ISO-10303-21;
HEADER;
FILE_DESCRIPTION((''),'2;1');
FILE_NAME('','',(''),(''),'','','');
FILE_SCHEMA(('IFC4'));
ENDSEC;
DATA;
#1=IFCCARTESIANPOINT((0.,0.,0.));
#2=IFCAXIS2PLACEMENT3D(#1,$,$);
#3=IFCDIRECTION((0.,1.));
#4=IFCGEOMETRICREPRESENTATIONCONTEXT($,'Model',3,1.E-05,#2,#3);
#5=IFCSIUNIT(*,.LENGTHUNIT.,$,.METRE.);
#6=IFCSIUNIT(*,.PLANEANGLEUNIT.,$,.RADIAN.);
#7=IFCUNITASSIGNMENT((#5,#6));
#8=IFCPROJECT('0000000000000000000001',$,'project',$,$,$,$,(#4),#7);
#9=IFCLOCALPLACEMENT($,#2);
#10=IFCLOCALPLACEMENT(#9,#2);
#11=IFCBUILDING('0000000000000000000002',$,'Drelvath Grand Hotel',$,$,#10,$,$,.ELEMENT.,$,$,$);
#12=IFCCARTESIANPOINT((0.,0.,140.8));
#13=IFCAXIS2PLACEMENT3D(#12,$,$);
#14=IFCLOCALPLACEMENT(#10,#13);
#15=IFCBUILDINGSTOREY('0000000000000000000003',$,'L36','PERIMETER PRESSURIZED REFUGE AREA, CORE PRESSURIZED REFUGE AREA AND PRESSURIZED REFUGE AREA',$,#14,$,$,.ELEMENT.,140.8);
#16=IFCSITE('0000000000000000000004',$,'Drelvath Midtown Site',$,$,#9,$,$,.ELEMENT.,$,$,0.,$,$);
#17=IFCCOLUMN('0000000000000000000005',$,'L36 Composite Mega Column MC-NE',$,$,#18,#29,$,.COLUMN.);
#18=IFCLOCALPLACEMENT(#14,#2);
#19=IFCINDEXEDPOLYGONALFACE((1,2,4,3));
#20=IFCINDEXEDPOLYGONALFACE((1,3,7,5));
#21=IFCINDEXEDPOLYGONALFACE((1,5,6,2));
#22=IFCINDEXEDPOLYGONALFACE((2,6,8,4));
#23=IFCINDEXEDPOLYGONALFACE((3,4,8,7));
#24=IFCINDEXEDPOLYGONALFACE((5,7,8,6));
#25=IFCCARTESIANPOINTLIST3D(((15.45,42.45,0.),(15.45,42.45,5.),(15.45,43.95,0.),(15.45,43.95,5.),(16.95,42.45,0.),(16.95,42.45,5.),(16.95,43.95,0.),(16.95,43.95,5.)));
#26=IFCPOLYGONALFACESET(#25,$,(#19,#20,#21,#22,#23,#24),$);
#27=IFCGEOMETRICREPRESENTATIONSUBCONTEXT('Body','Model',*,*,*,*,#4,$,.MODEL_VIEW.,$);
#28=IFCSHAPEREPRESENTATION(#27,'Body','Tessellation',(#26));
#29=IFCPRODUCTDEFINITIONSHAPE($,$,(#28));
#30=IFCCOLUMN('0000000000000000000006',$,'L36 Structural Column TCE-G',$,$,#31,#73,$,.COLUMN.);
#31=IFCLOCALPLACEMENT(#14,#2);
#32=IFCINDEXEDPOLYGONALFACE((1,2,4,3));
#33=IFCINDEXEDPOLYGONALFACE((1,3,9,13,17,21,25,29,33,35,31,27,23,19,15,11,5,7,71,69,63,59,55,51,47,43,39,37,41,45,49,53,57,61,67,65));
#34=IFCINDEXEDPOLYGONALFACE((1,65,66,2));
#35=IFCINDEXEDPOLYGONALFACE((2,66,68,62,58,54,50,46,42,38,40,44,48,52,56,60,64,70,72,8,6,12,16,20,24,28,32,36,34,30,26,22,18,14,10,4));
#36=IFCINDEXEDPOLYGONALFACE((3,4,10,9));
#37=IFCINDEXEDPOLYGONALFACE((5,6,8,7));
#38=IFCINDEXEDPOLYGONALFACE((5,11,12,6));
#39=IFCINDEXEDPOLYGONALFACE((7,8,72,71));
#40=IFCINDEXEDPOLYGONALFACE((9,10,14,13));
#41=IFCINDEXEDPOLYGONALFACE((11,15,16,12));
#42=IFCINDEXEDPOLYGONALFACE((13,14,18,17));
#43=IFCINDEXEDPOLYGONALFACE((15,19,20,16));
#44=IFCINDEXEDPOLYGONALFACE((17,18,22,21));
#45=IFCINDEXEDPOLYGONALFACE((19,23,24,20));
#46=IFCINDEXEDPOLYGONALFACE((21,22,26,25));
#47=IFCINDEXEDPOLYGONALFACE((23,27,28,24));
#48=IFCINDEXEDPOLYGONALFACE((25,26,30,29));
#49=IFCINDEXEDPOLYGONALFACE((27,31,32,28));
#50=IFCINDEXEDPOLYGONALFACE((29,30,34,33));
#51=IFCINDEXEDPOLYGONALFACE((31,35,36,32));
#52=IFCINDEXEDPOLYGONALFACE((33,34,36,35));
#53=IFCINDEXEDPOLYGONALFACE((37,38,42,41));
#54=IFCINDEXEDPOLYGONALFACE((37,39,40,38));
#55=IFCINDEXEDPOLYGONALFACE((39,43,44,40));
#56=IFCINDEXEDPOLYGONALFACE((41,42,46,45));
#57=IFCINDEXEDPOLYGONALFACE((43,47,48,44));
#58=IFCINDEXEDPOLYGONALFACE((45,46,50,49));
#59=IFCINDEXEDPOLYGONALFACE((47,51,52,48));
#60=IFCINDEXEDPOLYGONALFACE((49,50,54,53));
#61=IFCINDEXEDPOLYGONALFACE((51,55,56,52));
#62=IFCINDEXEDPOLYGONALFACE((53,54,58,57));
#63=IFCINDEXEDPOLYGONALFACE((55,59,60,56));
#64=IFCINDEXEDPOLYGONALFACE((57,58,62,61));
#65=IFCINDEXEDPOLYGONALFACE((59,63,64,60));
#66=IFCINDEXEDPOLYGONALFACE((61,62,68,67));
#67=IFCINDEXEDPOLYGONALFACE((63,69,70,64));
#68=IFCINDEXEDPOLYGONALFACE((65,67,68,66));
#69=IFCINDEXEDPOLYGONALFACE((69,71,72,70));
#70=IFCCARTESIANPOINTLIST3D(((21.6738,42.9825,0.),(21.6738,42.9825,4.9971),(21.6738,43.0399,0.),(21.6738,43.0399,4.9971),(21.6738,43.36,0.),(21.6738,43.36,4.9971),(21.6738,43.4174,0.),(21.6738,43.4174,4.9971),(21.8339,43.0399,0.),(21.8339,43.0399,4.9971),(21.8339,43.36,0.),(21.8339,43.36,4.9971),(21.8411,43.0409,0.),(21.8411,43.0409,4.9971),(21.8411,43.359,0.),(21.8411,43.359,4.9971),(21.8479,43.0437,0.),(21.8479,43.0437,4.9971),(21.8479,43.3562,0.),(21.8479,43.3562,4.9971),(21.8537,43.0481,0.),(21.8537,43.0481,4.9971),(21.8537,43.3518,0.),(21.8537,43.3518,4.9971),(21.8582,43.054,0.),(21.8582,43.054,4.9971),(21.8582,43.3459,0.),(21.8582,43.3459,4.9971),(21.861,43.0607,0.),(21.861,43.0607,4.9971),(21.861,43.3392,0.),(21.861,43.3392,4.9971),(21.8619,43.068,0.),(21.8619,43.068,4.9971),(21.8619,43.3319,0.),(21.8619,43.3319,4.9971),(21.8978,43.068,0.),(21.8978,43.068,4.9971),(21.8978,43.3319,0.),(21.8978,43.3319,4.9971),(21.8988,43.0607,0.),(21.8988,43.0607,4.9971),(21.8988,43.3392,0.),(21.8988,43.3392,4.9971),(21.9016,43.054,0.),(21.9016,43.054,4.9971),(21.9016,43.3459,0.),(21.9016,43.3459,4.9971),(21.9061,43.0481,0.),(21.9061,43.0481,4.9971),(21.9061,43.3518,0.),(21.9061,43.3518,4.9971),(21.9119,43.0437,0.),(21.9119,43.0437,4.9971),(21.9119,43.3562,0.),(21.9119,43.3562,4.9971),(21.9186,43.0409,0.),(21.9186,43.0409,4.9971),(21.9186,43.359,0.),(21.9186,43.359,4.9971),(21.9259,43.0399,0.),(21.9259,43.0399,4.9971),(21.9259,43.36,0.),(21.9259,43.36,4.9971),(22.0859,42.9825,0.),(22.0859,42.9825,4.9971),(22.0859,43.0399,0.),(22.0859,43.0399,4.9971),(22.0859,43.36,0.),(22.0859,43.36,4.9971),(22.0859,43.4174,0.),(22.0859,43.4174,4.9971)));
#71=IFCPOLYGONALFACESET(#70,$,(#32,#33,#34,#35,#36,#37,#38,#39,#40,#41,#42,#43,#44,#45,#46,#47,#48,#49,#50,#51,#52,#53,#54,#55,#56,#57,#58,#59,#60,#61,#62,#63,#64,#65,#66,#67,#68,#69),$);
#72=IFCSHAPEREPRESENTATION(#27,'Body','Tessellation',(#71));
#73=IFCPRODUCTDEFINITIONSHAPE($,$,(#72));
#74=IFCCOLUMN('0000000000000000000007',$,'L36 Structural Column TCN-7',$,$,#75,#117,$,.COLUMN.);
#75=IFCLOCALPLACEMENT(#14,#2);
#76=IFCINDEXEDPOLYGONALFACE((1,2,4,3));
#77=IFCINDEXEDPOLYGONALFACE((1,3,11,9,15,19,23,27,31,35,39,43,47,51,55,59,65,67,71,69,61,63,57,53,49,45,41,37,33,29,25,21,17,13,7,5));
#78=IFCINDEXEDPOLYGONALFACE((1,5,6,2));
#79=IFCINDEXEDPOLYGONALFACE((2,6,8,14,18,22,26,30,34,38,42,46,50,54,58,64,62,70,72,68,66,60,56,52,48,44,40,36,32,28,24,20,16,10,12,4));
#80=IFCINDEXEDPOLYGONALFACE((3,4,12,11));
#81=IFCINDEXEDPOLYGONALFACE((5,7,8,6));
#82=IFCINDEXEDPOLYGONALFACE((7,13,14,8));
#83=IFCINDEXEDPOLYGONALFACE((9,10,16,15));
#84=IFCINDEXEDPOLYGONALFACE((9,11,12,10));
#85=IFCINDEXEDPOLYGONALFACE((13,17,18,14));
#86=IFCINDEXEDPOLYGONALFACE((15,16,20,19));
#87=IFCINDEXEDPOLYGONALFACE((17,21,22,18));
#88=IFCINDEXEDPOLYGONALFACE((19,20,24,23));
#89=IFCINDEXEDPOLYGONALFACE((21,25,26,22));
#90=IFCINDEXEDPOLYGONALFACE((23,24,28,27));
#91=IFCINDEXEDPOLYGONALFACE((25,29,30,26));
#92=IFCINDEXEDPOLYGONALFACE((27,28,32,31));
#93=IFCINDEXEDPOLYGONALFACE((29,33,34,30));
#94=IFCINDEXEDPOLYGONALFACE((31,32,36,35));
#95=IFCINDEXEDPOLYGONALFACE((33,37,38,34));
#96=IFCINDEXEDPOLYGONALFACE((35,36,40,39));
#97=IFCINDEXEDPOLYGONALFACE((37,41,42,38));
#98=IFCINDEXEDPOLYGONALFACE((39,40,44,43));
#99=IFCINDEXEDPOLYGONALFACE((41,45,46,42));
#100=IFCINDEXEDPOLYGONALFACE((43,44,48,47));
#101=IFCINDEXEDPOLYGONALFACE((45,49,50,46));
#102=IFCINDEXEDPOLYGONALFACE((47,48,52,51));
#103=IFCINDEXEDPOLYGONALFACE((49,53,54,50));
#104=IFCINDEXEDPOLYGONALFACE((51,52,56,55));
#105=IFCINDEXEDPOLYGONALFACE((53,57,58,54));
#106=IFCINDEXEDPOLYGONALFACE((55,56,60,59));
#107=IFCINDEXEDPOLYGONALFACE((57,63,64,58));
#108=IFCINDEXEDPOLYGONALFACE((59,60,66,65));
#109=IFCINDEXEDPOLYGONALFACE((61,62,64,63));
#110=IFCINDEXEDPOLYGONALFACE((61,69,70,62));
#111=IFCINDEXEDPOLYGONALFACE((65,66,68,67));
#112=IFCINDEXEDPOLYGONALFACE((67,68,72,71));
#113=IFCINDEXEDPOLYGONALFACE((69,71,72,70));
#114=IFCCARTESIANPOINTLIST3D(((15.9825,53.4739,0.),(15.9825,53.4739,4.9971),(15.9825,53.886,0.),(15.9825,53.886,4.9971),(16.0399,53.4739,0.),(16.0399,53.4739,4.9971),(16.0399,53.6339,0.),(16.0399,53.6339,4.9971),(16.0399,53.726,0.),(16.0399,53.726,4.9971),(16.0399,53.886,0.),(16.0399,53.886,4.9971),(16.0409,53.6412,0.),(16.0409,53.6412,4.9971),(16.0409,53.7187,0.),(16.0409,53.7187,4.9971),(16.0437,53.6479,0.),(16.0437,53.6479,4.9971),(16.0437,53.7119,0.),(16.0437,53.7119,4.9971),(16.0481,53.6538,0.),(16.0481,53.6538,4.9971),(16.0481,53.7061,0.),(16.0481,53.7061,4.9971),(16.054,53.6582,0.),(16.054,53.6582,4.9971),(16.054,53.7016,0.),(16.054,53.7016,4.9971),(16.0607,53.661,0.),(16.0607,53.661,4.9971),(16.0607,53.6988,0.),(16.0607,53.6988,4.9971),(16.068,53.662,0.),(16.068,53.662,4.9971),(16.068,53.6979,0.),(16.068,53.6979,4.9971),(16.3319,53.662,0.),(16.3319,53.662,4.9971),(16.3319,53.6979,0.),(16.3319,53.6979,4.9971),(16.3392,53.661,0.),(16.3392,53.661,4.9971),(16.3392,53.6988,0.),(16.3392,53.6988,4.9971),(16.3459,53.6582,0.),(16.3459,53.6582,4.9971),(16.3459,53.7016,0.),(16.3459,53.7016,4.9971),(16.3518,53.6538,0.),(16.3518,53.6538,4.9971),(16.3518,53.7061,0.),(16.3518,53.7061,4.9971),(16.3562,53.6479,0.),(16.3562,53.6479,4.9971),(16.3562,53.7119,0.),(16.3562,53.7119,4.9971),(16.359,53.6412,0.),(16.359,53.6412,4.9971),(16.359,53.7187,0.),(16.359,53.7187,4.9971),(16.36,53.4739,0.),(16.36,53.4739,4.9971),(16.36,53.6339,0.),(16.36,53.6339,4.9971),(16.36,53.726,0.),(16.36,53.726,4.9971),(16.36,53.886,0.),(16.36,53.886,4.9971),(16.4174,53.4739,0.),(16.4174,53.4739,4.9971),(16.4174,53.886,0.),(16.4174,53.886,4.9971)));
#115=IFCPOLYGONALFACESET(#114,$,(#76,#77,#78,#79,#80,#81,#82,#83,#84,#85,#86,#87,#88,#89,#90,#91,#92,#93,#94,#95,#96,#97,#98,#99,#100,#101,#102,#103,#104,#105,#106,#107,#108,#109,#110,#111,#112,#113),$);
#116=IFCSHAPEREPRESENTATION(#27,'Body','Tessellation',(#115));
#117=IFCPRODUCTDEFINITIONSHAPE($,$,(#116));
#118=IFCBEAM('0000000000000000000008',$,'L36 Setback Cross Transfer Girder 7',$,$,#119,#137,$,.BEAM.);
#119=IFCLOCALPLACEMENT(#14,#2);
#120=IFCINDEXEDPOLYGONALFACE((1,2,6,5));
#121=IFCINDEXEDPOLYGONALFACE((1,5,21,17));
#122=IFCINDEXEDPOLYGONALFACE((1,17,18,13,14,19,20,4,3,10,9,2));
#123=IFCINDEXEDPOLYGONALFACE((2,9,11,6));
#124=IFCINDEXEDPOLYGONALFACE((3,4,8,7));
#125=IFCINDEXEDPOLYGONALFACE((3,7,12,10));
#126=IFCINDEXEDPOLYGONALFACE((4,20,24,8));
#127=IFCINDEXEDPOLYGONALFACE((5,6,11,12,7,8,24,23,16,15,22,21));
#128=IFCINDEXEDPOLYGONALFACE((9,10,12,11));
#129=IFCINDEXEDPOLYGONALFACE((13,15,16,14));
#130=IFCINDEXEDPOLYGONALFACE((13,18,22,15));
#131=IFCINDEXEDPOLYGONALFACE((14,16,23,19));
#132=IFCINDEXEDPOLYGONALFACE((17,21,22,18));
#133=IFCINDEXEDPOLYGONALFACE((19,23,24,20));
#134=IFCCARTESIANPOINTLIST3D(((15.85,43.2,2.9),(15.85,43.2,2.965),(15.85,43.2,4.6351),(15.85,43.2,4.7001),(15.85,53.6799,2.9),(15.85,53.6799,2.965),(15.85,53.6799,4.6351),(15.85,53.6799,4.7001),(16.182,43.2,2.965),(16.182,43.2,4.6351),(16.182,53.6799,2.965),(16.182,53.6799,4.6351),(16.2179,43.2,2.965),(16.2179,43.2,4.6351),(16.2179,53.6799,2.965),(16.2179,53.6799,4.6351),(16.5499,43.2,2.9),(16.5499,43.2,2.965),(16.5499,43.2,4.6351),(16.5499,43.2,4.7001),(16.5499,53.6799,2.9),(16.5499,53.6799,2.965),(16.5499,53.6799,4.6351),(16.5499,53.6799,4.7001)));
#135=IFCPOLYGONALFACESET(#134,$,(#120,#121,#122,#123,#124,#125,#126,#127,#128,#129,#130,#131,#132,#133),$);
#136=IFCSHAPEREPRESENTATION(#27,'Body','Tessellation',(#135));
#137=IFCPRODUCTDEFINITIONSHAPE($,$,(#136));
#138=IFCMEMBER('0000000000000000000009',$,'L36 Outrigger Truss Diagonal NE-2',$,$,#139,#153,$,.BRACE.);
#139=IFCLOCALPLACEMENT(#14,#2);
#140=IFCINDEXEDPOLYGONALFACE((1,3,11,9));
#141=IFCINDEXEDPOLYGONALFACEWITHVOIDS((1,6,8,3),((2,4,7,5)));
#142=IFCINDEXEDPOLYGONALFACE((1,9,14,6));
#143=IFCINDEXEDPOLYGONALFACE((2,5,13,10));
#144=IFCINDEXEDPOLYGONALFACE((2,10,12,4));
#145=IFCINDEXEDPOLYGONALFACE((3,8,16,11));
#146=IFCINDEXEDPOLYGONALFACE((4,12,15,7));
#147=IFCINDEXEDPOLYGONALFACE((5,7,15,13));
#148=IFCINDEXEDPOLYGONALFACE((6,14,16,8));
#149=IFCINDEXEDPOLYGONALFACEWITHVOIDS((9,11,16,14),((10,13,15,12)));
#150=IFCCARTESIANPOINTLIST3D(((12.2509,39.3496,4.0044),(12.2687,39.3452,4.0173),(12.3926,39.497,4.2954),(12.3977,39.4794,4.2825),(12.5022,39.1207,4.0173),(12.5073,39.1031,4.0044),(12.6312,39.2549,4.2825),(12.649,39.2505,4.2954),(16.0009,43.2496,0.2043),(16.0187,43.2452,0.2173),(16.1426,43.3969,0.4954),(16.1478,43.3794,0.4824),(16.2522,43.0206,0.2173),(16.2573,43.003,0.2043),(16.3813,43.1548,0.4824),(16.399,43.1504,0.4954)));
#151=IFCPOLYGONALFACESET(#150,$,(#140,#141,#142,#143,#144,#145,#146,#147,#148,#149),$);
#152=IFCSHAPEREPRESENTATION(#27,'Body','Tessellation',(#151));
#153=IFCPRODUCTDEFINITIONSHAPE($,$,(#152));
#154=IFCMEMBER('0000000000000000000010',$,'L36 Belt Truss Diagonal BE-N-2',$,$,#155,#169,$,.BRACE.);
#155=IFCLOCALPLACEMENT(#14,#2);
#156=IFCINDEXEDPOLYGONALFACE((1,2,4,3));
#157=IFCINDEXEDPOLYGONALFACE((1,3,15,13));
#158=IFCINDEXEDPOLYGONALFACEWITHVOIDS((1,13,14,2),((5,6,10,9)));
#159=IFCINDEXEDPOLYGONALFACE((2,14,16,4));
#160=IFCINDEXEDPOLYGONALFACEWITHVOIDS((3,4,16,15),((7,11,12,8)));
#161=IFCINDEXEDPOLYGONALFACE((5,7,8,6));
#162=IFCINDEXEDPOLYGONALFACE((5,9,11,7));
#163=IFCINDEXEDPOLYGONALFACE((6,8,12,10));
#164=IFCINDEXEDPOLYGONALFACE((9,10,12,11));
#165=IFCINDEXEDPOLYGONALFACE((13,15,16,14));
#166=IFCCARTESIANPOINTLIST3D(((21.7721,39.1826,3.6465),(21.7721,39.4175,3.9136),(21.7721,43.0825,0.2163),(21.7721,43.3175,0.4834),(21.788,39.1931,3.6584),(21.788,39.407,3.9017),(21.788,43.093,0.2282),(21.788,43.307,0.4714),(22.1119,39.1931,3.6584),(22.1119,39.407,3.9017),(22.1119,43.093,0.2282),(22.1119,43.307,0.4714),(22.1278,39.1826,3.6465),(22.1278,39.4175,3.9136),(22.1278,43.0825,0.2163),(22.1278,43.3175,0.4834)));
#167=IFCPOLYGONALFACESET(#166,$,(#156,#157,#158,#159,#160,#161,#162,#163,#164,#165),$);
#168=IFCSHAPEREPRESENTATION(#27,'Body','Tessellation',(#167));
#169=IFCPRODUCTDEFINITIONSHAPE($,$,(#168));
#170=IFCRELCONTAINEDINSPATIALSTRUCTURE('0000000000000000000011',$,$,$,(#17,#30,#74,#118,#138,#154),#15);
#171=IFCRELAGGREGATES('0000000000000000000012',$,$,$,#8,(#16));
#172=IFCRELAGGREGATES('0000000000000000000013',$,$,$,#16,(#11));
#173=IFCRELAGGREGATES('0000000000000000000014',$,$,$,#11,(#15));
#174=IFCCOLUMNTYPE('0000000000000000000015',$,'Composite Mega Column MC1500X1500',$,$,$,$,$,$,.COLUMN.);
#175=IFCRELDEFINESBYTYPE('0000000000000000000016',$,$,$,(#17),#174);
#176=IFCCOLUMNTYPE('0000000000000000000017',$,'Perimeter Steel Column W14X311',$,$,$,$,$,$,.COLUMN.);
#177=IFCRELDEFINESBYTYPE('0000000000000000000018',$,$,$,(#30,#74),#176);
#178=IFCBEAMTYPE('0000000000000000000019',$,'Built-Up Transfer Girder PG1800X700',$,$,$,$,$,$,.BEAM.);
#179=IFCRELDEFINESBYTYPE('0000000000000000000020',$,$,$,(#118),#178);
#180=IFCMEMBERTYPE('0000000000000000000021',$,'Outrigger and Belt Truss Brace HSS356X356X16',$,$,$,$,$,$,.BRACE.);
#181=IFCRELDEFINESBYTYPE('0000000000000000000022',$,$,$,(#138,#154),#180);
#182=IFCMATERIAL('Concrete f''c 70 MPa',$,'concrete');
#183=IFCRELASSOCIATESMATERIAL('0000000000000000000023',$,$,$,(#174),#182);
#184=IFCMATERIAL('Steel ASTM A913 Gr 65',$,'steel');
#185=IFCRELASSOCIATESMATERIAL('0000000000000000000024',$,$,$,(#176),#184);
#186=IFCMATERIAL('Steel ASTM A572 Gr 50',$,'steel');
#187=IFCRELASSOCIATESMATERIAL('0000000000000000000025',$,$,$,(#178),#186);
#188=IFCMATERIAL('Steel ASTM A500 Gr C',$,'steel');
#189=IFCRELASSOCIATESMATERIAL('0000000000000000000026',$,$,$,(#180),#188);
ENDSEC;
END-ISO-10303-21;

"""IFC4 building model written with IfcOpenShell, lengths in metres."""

from ifc_helpers import new_model, si_unit, direction, frame, origin, origin_2d, place, context, subcontext, project, spatial, rectangle, hollow_rectangle, i_section, extrude, material, material_profile, profile_set, type_object, element, save


model = new_model("IFC4")

# Units and contexts
model_context = context("Model", 3, precision=1e-05, world=origin(), true_north=direction((0.0, 1.0)))
body_context = subcontext(model_context, "Body", "Model", "MODEL_VIEW")
ifc_project = project(units=[si_unit("LENGTHUNIT", "METRE"), si_unit("PLANEANGLEUNIT", "RADIAN")], contexts=[model_context])

# Site, building, storey
site_placement = place(None, origin())
site = spatial("IfcSite", under=ifc_project, at=site_placement, Name="Drelvath Midtown Site", CompositionType="ELEMENT", RefElevation=0.0)
building_placement = place(site_placement, origin())
building = spatial("IfcBuilding", under=site, at=building_placement, Name="Drelvath Grand Hotel", CompositionType="ELEMENT")
storey_placement = place(building_placement, frame((0.0, 0.0, 140.8)))
storey = spatial("IfcBuildingStorey", under=building, at=storey_placement, Name="L36", Description="PERIMETER PRESSURIZED REFUGE AREA, CORE PRESSURIZED REFUGE AREA AND PRESSURIZED REFUGE AREA", CompositionType="ELEMENT", Elevation=140.8)

# Columns
ifc_material_1 = material(Name="Concrete f'c 70 MPa", Category="concrete")
ifc_material_profile_1 = material_profile(ifc_material_1, rectangle(XDim=1.5, YDim=1.5, at=origin_2d()), Name="MC1500X1500")
ifc_profile_set_1 = profile_set([ifc_material_profile_1], Name="Concrete f'c 70 MPa")
column_type_1 = type_object("IfcColumnType", Name="Composite Mega Column MC1500X1500", PredefinedType="COLUMN", material=ifc_profile_set_1)
column_placement = place(storey_placement, frame((16.2, 43.2, 0.0), z_axis=(0.0, 0.0, 1.0), x_axis=(1.0, 0.0, 0.0)))
element("IfcColumn", 1, at=column_placement, inside=storey, type_object=column_type_1, Name="L36 Composite Mega Column MC-NE", PredefinedType="COLUMN", context=body_context, shape_type="SweptSolid", body=[
    extrude(rectangle(XDim=1.5, YDim=1.5, at=origin_2d()), origin(), (0.0, 0.0, 1.0), 5.0),
])
ifc_material_2 = material(Name="Steel ASTM A913 Gr 65", Category="steel")
ifc_material_profile_2 = material_profile(ifc_material_2, i_section(OverallWidth=0.4121, OverallDepth=0.4348, WebThickness=0.0359, FlangeThickness=0.0574, FilletRadius=0.0281, at=origin_2d()), Name="W14X311")
ifc_profile_set_2 = profile_set([ifc_material_profile_2], Name="Steel ASTM A913 Gr 65")
column_type_2 = type_object("IfcColumnType", Name="Perimeter Steel Column W14X311", PredefinedType="COLUMN", material=ifc_profile_set_2)
for number, where, z_axis, x_axis, name in (
    (2, (21.8799, 43.2, 0.0), (0.0, 0.0, 1.0), (1.0, 0.0, 0.0), "L36 Structural Column TCE-G"),
    (3, (16.2, 53.6799, 0.0), (0.0, 0.0, 1.0), (0.0, 1.0, 0.0), "L36 Structural Column TCN-7"),
):
    element("IfcColumn", number, at=place(storey_placement, frame(where, z_axis=z_axis, x_axis=x_axis)), inside=storey, type_object=column_type_2, Name=name, PredefinedType="COLUMN", context=body_context, shape_type="SweptSolid", body=[
        extrude(i_section(OverallWidth=0.4121, OverallDepth=0.4348, WebThickness=0.0359, FlangeThickness=0.0574, FilletRadius=0.0281, at=origin_2d()), origin(), (0.0, 0.0, 1.0), 4.9971),
    ])

# Beam
ifc_material_3 = material(Name="Steel ASTM A572 Gr 50", Category="steel")
ifc_material_profile_3 = material_profile(ifc_material_3, i_section(OverallWidth=0.7, OverallDepth=1.8, WebThickness=0.0359, FlangeThickness=0.0649, at=origin_2d()), Name="PG1800X700")
ifc_profile_set_3 = profile_set([ifc_material_profile_3], Name="Steel ASTM A572 Gr 50")
beam_type_1 = type_object("IfcBeamType", Name="Built-Up Transfer Girder PG1800X700", PredefinedType="BEAM", material=ifc_profile_set_3)
beam_1_placement = place(storey_placement, frame((16.2, 43.2, 3.8), z_axis=(0.0, 1.0, 0.0), x_axis=(-1.0, 0.0, 0.0)))
element("IfcBeam", 4, at=beam_1_placement, inside=storey, type_object=beam_type_1, Name="L36 Setback Cross Transfer Girder 7", PredefinedType="BEAM", context=body_context, shape_type="SweptSolid", body=[
    extrude(i_section(OverallWidth=0.7, OverallDepth=1.8, WebThickness=0.0359, FlangeThickness=0.0649, at=origin_2d()), origin(), (0.0, 0.0, 1.0), 10.48),
])

# Members
ifc_material_4 = material(Name="Steel ASTM A500 Gr C", Category="steel")
ifc_material_profile_4 = material_profile(ifc_material_4, hollow_rectangle(XDim=0.3557, YDim=0.3557, WallThickness=0.0159, at=origin_2d()), Name="HSS356X356X16")
ifc_profile_set_4 = profile_set([ifc_material_profile_4], Name="Steel ASTM A500 Gr C")
member_type = type_object("IfcMemberType", Name="Outrigger and Belt Truss Brace HSS356X356X16", PredefinedType="BRACE", material=ifc_profile_set_4)
member_1_placement = place(storey_placement, frame((12.45, 39.3, 4.1499), z_axis=(0.567192, 0.589865, -0.574762), x_axis=(-0.720824, 0.693118, 0.0)))
element("IfcMember", 5, at=member_1_placement, inside=storey, type_object=member_type, Name="L36 Outrigger Truss Diagonal NE-2", PredefinedType="BRACE", context=body_context, shape_type="SweptSolid", body=[
    extrude(hollow_rectangle(XDim=0.3557, YDim=0.3557, WallThickness=0.0159, at=origin_2d()), origin(), (0.0, 0.0, 1.0), 6.6116),
])
member_2_placement = place(storey_placement, frame((21.95, 39.3, 3.78), z_axis=(0.0, 0.750879, -0.660439), x_axis=(-1.0, 0.0, 0.0)))
element("IfcMember", 6, at=member_2_placement, inside=storey, type_object=member_type, Name="L36 Belt Truss Diagonal BE-N-2", PredefinedType="BRACE", context=body_context, shape_type="SweptSolid", body=[
    extrude(hollow_rectangle(XDim=0.3557, YDim=0.3557, WallThickness=0.0159, at=origin_2d()), origin(), (0.0, 0.0, 1.0), 5.1938),
])

save(model, "model.ifc")
